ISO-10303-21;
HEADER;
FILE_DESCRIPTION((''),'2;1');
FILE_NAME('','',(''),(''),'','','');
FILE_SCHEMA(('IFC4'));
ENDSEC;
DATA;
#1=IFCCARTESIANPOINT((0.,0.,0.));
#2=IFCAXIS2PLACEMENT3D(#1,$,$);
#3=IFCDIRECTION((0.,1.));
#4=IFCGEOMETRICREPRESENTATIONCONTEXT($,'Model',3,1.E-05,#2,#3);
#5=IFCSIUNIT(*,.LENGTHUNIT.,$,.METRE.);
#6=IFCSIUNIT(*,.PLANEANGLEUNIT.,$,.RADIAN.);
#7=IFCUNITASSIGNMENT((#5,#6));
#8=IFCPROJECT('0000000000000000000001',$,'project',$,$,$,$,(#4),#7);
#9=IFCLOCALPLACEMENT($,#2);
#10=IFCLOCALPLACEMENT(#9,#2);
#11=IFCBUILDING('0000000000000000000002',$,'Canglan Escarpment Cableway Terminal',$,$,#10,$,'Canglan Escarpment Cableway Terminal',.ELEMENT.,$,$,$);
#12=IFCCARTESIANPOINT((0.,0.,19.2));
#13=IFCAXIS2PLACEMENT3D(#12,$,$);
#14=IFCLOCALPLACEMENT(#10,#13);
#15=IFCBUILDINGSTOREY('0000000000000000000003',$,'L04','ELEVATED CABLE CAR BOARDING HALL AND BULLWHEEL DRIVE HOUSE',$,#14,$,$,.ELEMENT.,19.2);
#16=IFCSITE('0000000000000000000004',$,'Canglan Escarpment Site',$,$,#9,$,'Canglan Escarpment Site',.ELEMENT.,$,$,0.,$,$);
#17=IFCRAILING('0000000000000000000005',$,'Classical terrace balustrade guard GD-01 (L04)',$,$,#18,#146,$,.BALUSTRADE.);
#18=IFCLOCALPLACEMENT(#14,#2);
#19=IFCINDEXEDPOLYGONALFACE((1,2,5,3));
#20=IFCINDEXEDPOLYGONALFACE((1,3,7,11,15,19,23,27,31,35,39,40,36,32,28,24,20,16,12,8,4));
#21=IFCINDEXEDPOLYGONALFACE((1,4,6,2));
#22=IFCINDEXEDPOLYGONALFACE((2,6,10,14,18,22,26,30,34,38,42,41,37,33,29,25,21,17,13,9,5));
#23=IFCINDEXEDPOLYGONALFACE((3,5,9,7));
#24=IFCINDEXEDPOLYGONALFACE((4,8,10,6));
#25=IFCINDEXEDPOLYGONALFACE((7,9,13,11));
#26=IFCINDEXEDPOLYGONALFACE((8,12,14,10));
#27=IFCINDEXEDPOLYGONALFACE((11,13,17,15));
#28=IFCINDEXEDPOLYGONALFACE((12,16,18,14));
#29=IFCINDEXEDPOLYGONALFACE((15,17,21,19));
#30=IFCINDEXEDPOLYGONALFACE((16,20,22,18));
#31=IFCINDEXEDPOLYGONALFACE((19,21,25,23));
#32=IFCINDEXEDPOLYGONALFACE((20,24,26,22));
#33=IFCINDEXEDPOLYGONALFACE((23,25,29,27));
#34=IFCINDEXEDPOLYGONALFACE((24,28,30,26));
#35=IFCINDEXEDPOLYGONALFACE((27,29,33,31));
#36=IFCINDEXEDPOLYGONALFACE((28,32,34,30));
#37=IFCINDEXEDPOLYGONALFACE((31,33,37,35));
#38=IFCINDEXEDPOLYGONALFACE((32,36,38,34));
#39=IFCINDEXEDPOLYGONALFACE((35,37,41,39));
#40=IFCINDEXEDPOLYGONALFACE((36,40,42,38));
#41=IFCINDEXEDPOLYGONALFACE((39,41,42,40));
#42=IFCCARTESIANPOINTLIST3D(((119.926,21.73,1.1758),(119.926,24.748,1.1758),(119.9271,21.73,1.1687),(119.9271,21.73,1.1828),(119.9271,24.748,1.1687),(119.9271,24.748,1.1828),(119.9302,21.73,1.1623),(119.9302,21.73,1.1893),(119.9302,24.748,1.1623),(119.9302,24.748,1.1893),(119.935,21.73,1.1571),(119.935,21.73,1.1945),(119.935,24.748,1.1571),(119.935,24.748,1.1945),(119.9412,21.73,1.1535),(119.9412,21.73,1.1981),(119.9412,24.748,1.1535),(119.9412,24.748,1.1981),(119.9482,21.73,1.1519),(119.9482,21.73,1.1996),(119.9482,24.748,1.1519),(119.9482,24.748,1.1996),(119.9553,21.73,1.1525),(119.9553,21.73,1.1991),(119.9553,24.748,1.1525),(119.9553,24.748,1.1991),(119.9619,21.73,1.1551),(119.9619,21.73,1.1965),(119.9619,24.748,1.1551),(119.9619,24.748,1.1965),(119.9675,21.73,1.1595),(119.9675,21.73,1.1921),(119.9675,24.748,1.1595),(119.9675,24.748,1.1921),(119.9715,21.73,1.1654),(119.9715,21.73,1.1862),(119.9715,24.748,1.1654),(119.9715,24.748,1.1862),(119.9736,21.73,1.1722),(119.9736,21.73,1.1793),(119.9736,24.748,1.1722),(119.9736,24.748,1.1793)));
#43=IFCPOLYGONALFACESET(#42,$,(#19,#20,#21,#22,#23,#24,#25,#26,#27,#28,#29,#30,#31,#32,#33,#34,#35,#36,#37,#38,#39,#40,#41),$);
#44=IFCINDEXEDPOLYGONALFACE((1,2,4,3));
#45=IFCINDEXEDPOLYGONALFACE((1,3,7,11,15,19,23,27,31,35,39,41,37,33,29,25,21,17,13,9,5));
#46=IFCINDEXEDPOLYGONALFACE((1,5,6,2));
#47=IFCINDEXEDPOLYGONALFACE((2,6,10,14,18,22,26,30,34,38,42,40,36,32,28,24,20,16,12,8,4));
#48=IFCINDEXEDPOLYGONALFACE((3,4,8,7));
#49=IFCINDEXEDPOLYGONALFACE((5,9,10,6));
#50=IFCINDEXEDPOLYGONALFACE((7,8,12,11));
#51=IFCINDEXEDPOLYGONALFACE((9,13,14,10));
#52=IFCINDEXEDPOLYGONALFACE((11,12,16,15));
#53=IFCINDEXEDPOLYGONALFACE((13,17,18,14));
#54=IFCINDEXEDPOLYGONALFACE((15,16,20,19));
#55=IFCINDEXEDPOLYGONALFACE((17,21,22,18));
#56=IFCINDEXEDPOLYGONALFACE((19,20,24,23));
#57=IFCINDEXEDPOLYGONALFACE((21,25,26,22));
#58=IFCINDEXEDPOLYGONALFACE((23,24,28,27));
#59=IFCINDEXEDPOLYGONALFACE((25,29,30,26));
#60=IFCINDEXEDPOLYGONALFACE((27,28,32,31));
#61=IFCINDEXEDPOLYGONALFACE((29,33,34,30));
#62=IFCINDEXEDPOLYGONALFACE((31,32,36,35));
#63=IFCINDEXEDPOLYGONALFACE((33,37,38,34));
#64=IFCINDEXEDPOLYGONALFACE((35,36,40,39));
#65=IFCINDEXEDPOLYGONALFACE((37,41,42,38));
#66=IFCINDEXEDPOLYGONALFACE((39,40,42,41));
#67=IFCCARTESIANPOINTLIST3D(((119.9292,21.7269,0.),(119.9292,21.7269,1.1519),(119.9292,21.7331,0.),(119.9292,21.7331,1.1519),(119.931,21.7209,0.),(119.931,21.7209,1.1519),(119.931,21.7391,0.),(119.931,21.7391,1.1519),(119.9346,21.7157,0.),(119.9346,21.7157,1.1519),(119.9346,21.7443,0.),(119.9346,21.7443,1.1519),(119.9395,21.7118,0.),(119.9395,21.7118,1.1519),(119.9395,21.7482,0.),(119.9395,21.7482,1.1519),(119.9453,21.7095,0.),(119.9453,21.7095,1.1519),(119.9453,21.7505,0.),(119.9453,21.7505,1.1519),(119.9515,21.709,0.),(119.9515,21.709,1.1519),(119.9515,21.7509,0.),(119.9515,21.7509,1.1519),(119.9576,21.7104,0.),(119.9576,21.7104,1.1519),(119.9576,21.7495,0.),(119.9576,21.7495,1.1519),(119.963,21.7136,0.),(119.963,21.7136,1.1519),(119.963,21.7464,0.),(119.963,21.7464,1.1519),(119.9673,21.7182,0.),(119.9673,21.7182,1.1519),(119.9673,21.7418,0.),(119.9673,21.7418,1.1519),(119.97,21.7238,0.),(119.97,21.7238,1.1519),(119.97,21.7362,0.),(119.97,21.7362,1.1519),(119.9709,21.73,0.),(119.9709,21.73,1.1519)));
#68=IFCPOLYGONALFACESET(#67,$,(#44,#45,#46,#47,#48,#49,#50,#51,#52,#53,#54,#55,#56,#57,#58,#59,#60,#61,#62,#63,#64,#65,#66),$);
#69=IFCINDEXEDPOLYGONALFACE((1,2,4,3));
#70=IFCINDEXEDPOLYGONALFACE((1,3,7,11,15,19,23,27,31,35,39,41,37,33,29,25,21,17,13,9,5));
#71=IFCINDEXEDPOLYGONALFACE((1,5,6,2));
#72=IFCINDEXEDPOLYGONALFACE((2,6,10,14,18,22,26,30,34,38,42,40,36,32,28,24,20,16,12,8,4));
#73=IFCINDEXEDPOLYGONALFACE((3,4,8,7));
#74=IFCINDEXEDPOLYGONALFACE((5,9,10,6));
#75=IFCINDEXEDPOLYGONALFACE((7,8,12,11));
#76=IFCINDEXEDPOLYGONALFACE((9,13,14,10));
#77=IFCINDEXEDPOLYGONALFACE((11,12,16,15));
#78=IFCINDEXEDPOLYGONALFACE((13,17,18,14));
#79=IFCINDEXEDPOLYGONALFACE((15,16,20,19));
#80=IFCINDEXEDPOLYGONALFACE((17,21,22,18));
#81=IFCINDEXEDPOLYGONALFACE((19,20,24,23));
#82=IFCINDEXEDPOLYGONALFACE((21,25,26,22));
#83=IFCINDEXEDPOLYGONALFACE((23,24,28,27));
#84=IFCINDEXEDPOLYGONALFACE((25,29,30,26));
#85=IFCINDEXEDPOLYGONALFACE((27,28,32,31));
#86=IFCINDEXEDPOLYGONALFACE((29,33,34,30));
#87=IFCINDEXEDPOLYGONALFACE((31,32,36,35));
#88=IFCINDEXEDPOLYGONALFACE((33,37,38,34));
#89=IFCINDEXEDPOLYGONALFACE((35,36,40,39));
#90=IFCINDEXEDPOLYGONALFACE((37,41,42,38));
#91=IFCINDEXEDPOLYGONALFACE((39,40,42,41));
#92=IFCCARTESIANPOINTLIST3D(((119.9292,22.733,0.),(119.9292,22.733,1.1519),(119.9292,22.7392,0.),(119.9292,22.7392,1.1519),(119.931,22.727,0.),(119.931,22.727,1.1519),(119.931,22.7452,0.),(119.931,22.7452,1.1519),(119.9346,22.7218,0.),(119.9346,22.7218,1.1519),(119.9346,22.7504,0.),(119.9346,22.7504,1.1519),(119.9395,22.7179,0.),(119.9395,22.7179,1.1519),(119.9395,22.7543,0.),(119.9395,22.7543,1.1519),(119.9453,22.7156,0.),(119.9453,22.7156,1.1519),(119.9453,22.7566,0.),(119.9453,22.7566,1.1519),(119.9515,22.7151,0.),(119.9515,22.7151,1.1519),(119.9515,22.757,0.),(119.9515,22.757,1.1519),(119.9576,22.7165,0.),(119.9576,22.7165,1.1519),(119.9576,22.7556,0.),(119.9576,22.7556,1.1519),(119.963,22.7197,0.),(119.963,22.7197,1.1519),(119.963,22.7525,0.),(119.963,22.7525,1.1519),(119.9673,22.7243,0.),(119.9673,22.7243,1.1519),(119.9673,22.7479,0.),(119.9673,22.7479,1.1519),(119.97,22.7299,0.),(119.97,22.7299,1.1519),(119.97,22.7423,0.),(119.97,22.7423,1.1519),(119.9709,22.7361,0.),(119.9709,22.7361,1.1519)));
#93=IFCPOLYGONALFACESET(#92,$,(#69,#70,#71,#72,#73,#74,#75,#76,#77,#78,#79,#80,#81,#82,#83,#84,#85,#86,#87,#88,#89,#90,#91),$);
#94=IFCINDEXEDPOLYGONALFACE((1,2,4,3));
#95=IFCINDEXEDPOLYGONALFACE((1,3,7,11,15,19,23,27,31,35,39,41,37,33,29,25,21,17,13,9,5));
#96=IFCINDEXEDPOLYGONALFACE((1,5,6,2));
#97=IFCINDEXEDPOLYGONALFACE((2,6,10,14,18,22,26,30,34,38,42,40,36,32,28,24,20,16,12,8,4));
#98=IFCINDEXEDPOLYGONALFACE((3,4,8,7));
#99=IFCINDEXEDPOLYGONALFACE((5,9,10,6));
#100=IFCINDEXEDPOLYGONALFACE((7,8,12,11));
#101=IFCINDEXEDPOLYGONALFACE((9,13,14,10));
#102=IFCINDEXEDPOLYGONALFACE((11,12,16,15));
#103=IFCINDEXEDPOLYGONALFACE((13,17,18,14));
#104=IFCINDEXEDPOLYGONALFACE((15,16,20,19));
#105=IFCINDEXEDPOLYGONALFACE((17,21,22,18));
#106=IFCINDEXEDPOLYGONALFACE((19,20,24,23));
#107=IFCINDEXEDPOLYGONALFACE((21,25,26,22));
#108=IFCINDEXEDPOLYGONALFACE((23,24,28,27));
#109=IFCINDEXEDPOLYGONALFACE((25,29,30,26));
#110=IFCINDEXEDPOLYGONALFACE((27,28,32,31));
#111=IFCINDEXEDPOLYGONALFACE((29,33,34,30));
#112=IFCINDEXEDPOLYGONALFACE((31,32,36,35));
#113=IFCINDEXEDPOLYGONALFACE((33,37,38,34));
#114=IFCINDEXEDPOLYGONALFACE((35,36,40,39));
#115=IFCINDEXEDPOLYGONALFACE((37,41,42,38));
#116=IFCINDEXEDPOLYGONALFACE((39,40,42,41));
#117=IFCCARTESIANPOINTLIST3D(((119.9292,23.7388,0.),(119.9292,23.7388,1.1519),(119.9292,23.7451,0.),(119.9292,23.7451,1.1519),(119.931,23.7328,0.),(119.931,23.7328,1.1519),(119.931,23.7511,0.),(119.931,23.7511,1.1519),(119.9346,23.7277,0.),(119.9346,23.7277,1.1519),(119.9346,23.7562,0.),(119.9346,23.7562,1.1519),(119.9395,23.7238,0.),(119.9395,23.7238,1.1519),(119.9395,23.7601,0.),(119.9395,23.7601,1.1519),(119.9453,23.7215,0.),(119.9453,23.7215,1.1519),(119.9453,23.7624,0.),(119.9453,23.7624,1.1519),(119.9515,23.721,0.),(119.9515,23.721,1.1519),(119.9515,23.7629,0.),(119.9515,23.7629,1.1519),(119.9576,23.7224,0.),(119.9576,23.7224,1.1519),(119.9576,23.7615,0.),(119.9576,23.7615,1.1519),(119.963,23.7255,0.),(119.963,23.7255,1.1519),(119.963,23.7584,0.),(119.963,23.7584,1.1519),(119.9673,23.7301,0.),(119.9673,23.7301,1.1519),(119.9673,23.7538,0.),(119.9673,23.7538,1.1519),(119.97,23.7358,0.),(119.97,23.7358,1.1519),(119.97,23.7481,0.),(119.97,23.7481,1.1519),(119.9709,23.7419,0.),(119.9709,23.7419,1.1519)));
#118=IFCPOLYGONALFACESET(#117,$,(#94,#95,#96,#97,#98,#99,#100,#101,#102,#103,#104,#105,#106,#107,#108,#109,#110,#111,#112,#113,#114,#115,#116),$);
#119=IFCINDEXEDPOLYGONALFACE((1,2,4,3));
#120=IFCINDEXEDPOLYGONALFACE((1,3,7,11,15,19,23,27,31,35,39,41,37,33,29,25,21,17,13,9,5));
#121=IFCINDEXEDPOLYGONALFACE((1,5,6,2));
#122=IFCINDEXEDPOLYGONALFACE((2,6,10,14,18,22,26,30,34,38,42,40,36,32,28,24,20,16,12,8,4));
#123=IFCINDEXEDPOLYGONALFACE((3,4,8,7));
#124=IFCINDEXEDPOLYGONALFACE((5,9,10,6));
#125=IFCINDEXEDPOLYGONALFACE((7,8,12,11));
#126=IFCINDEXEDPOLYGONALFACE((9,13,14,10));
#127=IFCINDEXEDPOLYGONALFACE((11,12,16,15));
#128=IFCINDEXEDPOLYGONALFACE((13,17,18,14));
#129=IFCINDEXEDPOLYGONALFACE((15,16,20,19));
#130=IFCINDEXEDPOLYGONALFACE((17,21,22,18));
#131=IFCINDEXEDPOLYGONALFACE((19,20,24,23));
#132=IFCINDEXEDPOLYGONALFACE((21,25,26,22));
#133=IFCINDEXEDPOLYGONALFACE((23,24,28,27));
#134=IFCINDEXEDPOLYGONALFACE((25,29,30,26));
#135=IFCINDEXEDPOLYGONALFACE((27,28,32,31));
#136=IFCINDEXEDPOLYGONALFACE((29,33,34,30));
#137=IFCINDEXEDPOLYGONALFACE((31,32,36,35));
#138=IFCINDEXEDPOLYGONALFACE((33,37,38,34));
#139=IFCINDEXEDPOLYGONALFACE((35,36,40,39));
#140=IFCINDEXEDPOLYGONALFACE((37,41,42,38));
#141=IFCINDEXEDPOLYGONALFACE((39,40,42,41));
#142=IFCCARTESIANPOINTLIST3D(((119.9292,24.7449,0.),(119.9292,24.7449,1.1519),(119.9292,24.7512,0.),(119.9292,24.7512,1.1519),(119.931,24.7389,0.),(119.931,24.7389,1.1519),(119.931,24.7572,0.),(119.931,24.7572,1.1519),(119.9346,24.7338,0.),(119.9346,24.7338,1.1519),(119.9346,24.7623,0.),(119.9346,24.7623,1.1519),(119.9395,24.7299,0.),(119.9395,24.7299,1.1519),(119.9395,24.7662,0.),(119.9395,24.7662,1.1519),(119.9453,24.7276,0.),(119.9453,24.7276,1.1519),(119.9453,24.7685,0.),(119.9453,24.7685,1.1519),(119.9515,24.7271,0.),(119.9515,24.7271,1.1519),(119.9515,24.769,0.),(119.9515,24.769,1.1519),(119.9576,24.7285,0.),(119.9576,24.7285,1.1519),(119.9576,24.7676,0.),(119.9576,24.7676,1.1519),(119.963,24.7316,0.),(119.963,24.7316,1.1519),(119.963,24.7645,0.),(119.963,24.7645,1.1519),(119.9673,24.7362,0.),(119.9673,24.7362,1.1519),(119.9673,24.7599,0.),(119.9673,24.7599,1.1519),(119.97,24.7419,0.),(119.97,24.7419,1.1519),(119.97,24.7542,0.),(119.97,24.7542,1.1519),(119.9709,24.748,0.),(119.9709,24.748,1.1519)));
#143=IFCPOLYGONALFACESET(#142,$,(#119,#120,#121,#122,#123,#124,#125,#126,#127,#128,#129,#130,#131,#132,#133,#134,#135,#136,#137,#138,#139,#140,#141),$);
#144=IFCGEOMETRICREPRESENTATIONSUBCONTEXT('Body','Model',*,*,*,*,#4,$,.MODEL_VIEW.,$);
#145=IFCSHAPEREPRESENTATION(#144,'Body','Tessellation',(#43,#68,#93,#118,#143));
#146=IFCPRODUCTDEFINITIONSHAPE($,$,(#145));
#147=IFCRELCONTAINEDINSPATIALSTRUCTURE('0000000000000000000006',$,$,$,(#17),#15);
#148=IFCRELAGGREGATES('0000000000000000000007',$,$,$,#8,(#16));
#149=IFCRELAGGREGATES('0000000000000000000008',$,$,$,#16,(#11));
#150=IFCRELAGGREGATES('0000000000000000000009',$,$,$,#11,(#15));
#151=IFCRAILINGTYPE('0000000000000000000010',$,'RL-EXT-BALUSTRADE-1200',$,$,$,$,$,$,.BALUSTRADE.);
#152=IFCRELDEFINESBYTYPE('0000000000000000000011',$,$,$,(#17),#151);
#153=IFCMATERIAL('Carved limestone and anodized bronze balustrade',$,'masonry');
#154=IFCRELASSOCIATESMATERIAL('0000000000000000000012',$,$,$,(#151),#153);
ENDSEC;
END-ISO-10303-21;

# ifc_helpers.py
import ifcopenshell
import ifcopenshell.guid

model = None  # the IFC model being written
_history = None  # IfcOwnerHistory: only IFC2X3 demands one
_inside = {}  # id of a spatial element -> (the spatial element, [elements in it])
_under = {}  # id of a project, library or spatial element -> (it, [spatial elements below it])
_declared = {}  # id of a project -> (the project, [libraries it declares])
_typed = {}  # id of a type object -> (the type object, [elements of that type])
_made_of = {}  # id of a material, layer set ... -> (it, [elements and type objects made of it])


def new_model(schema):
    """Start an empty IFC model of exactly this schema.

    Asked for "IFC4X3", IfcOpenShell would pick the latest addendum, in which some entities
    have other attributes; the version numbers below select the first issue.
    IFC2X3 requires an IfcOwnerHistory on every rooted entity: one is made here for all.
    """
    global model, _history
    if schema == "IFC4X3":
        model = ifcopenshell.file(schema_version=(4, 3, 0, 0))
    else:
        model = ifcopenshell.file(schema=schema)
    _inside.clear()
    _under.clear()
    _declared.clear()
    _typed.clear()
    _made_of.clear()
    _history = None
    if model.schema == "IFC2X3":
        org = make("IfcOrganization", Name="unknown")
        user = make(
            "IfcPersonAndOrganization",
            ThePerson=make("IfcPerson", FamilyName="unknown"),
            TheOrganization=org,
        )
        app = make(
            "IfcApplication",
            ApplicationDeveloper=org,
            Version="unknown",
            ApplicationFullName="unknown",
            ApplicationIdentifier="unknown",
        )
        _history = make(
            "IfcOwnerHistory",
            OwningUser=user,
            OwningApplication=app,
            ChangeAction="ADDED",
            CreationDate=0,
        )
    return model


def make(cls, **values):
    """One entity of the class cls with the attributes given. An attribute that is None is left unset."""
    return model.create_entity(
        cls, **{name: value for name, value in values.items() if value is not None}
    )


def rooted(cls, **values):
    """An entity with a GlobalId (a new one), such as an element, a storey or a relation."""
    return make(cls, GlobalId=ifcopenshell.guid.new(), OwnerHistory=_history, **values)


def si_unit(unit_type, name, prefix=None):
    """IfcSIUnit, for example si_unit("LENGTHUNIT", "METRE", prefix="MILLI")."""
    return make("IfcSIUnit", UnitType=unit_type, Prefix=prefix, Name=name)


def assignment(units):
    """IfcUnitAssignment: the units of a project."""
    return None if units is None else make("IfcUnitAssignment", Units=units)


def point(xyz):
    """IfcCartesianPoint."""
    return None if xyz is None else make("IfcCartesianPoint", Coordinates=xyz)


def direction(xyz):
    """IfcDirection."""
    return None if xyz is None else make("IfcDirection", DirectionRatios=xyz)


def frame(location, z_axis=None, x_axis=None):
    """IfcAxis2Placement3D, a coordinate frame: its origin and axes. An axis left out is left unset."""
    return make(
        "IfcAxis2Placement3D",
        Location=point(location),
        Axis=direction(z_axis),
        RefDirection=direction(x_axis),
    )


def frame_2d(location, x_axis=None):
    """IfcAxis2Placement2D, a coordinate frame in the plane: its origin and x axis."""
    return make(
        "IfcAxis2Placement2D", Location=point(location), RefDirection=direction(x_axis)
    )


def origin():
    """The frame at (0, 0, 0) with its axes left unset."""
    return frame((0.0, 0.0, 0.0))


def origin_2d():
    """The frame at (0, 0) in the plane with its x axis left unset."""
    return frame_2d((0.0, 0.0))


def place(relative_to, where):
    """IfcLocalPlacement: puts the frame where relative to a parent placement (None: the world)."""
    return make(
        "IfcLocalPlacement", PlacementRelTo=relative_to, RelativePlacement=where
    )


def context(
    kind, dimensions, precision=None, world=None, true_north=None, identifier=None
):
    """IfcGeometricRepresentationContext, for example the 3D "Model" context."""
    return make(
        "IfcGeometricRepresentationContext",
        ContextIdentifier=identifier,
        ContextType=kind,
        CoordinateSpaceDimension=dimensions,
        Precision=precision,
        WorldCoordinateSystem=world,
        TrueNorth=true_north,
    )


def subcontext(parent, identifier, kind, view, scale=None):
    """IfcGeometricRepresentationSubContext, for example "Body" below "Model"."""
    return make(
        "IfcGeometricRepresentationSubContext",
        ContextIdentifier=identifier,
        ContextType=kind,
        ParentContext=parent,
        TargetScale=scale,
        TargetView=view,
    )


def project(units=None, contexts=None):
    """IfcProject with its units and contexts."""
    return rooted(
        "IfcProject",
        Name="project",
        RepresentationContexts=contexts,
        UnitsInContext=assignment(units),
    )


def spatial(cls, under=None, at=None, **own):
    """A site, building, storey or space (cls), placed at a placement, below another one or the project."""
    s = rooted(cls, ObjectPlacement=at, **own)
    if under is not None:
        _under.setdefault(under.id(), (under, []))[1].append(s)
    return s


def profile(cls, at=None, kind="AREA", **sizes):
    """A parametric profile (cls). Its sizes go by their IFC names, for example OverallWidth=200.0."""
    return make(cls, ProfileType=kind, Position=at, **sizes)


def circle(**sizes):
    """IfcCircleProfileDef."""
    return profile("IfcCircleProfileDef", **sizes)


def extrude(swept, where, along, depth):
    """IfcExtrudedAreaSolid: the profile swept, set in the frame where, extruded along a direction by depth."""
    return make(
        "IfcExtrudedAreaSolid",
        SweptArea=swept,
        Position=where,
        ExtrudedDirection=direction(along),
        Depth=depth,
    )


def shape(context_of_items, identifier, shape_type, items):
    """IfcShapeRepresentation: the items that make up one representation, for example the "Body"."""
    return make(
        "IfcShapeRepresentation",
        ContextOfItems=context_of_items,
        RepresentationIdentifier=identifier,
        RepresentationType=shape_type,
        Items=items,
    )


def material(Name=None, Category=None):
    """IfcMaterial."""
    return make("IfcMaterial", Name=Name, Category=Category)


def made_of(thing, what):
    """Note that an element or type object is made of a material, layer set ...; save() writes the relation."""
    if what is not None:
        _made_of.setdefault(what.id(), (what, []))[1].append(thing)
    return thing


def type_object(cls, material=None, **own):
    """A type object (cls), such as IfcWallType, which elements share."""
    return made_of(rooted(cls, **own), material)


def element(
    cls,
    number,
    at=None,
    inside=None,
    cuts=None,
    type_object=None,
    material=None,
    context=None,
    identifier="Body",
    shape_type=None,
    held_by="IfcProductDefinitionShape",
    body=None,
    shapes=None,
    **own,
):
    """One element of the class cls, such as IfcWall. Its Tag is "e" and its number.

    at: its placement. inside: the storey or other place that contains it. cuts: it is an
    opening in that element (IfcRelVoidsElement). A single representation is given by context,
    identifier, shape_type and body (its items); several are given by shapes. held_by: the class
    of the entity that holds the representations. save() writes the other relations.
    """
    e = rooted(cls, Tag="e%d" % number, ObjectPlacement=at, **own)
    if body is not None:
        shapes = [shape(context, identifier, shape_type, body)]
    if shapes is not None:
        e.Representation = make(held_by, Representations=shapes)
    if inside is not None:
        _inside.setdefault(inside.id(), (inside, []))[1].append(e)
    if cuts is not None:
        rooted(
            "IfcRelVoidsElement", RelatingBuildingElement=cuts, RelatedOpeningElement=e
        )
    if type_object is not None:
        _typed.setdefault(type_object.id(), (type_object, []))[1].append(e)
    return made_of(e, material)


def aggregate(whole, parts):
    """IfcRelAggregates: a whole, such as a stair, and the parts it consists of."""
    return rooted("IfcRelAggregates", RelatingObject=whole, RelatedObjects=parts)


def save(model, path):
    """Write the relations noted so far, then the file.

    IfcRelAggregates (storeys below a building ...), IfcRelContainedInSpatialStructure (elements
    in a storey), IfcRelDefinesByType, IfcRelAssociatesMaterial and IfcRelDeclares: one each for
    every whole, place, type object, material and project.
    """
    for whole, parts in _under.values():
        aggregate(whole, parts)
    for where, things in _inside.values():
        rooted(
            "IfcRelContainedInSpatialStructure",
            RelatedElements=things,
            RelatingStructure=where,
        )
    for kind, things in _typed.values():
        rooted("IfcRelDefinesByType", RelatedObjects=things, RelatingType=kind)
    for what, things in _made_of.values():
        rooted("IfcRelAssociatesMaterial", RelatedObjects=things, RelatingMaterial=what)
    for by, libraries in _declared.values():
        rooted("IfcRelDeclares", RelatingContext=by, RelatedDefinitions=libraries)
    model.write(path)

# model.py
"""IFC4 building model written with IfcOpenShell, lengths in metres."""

from ifc_helpers import new_model, si_unit, direction, frame, origin, origin_2d, place, context, subcontext, project, spatial, circle, extrude, material, type_object, element, save


model = new_model("IFC4")

# Units and contexts
model_context = context("Model", 3, precision=1e-05, world=origin(), true_north=direction((0.0, 1.0)))
body_context = subcontext(model_context, "Body", "Model", "MODEL_VIEW")
ifc_project = project(units=[si_unit("LENGTHUNIT", "METRE"), si_unit("PLANEANGLEUNIT", "RADIAN")], contexts=[model_context])

# Site, building, storey
site_placement = place(None, origin())
site = spatial("IfcSite", under=ifc_project, at=site_placement, Name="Canglan Escarpment Site", LongName="Canglan Escarpment Site", CompositionType="ELEMENT", RefElevation=0.0)
building_placement = place(site_placement, origin())
building = spatial("IfcBuilding", under=site, at=building_placement, Name="Canglan Escarpment Cableway Terminal", LongName="Canglan Escarpment Cableway Terminal", CompositionType="ELEMENT")
storey_placement = place(building_placement, frame((0.0, 0.0, 19.2)))
storey = spatial("IfcBuildingStorey", under=building, at=storey_placement, Name="L04", Description="ELEVATED CABLE CAR BOARDING HALL AND BULLWHEEL DRIVE HOUSE", CompositionType="ELEMENT", Elevation=19.2)

# Railing
ifc_material_1 = material(Name="Carved limestone and anodized bronze balustrade", Category="masonry")
railing_type = type_object("IfcRailingType", Name="RL-EXT-BALUSTRADE-1200", PredefinedType="BALUSTRADE", material=ifc_material_1)
railing_1_placement = place(storey_placement, frame((119.95, 21.73, 0.0)))
element("IfcRailing", 1, at=railing_1_placement, inside=storey, type_object=railing_type, Name="Classical terrace balustrade guard GD-01 (L04)", PredefinedType="BALUSTRADE", context=body_context, shape_type="SweptSolid", body=[
    extrude(circle(Radius=0.0239, at=origin_2d()), frame((0.0, 0.0, 1.1758), z_axis=(0.0, 1.0, 0.0), x_axis=(-1.0, 0.0, 0.0)), (0.0, 0.0, 1.0), 3.0181),
    extrude(circle(Radius=0.021, at=origin_2d()), origin(), (0.0, 0.0, 1.0), 1.1519),
    extrude(circle(Radius=0.021, at=origin_2d()), frame((0.0, 1.0061, 0.0)), (0.0, 0.0, 1.0), 1.1519),
    extrude(circle(Radius=0.021, at=origin_2d()), frame((0.0, 2.012, 0.0)), (0.0, 0.0, 1.0), 1.1519),
    extrude(circle(Radius=0.021, at=origin_2d()), frame((0.0, 3.0181, 0.0)), (0.0, 0.0, 1.0), 1.1519),
])

save(model, "model.ifc")
